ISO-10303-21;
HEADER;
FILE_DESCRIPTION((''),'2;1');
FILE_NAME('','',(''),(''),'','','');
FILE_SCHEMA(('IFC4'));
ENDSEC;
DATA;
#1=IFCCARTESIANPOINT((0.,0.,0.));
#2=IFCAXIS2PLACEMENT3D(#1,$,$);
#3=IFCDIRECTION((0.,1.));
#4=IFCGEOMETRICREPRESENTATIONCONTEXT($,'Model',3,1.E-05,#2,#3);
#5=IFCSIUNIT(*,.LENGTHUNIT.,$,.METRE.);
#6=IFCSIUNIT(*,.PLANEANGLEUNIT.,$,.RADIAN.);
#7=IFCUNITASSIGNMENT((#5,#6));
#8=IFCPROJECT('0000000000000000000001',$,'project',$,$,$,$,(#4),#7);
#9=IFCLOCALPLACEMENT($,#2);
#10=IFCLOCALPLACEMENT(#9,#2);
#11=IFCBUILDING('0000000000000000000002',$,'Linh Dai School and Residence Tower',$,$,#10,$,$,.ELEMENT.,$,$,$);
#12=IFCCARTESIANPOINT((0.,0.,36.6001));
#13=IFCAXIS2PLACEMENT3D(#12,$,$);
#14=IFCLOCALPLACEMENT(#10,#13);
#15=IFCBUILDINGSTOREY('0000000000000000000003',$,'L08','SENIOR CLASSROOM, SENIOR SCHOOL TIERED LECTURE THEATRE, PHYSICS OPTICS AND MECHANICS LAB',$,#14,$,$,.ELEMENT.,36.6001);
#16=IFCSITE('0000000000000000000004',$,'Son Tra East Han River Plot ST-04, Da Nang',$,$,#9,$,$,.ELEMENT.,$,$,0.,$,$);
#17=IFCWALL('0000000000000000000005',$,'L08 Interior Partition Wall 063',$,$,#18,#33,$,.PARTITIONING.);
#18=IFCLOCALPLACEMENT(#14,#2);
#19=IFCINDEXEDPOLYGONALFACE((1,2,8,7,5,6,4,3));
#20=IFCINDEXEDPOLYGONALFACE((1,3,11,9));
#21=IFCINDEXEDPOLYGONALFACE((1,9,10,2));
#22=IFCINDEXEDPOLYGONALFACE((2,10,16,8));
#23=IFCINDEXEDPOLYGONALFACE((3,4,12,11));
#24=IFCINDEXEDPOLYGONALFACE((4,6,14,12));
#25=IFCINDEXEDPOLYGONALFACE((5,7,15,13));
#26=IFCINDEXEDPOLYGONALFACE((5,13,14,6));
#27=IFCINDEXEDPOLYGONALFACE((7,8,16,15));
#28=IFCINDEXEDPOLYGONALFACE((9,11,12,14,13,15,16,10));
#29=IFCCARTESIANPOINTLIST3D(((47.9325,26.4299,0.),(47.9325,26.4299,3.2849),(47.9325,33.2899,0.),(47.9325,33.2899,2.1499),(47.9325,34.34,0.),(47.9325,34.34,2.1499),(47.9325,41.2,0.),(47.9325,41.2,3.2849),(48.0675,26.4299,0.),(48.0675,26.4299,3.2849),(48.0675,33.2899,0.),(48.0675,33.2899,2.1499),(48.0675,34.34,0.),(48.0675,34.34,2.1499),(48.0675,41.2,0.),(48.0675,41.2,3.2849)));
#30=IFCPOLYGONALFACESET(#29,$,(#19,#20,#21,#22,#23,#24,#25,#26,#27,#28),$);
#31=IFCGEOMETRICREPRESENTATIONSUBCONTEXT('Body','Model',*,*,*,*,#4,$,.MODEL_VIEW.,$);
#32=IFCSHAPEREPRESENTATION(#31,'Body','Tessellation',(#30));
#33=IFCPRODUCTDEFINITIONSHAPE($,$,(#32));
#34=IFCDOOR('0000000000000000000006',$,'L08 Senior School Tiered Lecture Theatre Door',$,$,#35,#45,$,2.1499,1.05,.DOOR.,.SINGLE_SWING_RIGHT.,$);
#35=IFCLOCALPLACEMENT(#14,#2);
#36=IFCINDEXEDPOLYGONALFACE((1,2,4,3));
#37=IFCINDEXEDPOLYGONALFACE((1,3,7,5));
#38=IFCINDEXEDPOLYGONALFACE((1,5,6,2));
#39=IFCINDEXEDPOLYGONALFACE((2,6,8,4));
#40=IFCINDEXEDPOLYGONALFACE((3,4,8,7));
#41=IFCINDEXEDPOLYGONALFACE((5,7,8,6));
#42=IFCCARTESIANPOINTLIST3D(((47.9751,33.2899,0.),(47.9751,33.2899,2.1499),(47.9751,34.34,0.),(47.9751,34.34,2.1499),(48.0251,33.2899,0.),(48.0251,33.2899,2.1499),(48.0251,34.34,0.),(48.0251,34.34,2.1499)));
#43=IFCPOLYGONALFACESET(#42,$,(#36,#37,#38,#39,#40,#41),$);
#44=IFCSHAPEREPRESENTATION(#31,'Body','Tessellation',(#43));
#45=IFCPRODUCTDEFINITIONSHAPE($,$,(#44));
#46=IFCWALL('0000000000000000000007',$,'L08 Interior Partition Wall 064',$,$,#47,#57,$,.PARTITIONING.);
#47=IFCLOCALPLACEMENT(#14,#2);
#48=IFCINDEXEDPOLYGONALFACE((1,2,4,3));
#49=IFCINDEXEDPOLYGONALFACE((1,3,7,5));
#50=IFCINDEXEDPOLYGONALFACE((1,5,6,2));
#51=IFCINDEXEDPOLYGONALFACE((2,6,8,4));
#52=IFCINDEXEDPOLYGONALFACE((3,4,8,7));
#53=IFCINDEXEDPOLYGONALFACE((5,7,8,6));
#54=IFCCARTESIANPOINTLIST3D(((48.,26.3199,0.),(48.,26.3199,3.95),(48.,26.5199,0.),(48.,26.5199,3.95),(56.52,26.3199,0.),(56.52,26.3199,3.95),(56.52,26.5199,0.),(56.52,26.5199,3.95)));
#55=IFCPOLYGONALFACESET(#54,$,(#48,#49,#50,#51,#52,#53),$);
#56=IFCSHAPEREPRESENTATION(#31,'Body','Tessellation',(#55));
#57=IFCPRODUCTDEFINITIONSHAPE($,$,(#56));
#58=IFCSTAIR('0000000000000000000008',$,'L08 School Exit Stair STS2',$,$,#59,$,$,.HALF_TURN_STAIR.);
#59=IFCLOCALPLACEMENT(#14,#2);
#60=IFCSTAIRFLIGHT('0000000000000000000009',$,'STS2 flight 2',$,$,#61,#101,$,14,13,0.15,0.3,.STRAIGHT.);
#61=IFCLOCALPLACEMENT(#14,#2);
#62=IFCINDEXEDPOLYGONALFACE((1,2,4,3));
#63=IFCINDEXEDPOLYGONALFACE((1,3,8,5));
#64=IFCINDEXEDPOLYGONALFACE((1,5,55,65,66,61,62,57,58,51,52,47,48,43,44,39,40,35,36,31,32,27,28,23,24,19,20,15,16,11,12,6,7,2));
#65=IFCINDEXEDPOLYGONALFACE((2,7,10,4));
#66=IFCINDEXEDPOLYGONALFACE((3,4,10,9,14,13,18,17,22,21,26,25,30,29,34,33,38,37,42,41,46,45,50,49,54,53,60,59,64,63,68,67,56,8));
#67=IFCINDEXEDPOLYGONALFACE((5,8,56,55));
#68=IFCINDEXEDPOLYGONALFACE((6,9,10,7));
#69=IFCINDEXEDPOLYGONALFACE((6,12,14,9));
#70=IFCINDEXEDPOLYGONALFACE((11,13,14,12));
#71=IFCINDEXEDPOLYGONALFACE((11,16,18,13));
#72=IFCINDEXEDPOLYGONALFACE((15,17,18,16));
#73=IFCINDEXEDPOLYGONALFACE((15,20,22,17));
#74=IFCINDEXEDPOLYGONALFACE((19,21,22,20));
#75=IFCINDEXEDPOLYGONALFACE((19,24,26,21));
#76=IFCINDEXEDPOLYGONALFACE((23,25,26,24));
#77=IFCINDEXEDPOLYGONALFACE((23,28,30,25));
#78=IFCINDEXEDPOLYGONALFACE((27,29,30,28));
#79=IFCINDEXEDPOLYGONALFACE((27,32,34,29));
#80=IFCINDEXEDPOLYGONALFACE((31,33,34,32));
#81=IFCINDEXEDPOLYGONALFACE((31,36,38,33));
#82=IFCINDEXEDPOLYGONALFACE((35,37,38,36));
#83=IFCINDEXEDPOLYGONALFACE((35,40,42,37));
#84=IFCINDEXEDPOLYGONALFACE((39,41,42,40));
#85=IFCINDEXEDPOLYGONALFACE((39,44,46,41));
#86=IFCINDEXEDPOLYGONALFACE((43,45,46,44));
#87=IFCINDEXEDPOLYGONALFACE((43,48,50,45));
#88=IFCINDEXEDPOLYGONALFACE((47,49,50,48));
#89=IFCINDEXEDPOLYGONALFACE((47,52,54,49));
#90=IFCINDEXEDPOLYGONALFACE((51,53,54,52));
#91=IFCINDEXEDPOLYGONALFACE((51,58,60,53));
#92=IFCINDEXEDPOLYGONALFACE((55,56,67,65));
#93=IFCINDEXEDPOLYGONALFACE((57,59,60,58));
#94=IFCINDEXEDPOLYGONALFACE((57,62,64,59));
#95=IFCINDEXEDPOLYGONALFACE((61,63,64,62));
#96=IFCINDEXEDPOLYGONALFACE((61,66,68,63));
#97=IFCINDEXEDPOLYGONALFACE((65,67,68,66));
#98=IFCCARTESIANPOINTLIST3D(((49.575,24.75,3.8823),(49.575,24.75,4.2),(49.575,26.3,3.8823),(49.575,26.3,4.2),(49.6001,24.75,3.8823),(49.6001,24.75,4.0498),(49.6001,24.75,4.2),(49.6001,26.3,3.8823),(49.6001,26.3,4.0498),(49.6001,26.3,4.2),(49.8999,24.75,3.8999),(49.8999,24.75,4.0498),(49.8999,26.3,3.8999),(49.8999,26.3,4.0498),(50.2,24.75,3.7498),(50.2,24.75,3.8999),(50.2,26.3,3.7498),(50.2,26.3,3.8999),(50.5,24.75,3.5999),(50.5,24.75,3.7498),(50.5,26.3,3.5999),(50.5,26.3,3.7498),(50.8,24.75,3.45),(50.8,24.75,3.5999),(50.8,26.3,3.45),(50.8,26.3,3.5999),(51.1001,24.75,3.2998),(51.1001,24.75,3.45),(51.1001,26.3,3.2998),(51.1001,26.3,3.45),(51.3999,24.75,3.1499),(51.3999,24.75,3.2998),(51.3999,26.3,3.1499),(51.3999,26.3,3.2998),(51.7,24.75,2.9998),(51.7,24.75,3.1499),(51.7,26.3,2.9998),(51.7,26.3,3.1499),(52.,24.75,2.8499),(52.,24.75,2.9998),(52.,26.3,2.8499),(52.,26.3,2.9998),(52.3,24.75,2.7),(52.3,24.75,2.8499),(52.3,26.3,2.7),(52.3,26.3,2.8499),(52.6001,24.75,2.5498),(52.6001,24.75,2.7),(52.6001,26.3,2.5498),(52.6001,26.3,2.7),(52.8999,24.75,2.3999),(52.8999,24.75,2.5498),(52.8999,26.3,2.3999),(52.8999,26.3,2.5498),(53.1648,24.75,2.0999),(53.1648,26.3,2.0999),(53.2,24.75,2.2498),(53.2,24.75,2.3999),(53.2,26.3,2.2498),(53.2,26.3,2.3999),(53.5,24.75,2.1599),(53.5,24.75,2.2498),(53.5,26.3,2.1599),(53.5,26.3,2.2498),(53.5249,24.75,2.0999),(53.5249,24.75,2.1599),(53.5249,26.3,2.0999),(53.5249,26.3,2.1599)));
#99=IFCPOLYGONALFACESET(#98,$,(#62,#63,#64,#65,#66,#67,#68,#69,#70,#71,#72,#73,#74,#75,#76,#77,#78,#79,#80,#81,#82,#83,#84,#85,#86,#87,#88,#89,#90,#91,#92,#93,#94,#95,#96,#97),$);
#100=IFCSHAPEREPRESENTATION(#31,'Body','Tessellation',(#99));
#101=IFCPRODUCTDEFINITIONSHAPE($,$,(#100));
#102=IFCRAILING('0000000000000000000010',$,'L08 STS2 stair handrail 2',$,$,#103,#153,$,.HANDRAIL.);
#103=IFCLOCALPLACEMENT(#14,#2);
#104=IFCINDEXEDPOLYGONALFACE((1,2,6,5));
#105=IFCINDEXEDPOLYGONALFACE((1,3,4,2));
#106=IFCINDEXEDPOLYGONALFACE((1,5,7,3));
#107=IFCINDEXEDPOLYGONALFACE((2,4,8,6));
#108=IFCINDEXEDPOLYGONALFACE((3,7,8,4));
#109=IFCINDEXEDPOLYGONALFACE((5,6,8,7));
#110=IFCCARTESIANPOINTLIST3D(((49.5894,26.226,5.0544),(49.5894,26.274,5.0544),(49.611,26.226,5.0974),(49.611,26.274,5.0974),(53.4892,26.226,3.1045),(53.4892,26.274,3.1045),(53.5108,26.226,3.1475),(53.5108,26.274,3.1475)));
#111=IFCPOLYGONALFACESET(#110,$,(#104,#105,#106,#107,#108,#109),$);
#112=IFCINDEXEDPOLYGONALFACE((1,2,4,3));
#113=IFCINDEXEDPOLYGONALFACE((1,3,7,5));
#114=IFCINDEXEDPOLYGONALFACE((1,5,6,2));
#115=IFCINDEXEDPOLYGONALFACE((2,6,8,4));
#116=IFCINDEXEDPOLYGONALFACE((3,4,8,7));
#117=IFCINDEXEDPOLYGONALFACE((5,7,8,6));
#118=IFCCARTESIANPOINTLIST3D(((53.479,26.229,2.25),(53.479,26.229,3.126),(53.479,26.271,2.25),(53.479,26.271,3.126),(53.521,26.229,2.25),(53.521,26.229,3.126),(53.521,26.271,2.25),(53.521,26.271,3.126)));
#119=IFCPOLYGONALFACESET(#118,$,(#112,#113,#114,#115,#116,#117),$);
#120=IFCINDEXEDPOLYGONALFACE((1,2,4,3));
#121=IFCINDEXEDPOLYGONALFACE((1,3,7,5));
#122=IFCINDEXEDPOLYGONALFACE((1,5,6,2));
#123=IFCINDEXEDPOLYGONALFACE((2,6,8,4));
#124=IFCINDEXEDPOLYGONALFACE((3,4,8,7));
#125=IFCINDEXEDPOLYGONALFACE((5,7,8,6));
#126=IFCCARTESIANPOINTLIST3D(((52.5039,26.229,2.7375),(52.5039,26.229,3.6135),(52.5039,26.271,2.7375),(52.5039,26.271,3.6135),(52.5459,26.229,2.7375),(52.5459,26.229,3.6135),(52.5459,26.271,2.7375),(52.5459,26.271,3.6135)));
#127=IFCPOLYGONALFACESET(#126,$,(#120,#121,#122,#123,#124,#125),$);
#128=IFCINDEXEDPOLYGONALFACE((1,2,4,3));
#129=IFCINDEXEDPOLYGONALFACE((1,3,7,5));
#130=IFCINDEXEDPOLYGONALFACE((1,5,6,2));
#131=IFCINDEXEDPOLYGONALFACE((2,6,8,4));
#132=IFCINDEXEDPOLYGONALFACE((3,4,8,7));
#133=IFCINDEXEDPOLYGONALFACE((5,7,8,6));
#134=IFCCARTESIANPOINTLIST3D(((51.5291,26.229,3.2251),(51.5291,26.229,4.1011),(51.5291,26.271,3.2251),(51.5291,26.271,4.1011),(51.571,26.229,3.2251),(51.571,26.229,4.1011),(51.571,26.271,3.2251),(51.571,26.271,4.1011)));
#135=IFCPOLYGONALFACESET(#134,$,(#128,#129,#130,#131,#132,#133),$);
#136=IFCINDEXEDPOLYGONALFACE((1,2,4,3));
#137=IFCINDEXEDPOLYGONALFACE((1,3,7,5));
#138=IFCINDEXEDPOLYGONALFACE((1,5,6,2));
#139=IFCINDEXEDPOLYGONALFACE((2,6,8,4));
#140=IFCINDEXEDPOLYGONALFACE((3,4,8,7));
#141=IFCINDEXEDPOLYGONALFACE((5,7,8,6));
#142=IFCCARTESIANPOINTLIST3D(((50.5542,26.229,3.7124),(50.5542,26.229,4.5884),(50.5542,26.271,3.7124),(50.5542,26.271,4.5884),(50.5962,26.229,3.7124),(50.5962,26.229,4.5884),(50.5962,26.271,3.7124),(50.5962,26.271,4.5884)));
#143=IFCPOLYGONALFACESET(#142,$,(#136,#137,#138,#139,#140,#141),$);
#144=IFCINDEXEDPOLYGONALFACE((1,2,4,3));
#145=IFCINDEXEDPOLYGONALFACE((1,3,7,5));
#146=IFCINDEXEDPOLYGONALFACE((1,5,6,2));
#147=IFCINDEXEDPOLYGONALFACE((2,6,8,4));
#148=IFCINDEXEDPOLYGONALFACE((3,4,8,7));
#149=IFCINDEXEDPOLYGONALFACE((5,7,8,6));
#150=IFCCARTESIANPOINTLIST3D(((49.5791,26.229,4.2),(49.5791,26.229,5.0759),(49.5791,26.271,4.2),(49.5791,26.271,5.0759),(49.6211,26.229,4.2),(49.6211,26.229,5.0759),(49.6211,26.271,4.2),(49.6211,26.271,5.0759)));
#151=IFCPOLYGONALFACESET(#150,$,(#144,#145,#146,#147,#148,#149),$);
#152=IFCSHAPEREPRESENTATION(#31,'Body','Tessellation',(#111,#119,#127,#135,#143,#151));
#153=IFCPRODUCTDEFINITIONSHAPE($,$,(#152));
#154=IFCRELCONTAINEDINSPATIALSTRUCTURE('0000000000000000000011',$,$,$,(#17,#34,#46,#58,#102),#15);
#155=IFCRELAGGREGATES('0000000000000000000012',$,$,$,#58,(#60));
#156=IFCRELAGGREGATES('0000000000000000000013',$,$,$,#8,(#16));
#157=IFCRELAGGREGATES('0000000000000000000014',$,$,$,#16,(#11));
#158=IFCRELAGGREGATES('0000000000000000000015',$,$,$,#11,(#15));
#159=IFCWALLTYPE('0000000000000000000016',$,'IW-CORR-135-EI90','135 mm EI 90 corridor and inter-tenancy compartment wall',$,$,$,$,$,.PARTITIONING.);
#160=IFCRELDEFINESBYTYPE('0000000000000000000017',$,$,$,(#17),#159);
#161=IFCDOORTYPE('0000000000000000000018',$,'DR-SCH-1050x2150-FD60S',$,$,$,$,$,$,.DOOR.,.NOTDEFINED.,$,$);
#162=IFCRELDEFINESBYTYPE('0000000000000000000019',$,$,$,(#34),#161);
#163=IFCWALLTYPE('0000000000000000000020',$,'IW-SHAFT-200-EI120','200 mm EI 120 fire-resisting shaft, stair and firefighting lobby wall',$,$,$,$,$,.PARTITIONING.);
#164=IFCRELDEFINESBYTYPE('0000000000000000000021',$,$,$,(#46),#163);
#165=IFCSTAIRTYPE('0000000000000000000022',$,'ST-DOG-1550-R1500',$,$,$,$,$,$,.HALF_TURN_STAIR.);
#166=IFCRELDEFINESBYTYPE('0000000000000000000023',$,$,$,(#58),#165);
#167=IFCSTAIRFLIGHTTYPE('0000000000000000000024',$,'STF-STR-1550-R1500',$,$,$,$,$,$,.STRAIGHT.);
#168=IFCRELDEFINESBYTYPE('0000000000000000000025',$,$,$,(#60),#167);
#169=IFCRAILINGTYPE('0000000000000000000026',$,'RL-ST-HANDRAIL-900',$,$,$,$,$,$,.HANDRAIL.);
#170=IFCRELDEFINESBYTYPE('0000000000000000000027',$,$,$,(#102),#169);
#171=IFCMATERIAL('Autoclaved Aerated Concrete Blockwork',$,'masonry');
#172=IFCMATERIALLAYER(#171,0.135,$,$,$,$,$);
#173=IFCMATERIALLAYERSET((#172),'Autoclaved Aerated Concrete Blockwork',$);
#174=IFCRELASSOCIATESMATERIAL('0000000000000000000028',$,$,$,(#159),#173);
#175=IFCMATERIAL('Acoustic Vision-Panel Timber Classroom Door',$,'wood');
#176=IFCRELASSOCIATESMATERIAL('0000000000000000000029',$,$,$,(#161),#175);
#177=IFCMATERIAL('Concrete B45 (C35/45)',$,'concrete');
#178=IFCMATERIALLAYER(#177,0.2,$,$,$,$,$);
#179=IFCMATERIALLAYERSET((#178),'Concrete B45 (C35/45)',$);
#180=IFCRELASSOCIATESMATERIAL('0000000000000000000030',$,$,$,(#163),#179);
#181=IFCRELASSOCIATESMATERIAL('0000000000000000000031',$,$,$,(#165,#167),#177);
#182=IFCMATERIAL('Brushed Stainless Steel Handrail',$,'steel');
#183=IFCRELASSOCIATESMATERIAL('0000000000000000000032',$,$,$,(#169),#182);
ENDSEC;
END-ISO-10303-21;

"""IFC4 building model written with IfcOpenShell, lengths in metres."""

from ifc_helpers import new_model, si_unit, direction, frame, frame_2d, origin, origin_2d, place, context, subcontext, project, spatial, polyline, rectangle, outline, extrude, source, transform, mapped, material, layer, layer_set, type_object, element, fill, aggregate, save


model = new_model("IFC4")

# Units and contexts
model_context = context("Model", 3, precision=1e-05, world=origin(), true_north=direction((0.0, 1.0)))
body_context = subcontext(model_context, "Body", "Model", "MODEL_VIEW")
ifc_project = project(units=[si_unit("LENGTHUNIT", "METRE"), si_unit("PLANEANGLEUNIT", "RADIAN")], contexts=[model_context])

# Site, building, storey
site_placement = place(None, origin())
site = spatial("IfcSite", under=ifc_project, at=site_placement, Name="Son Tra East Han River Plot ST-04, Da Nang", CompositionType="ELEMENT", RefElevation=0.0)
building_placement = place(site_placement, origin())
building = spatial("IfcBuilding", under=site, at=building_placement, Name="Linh Dai School and Residence Tower", CompositionType="ELEMENT")
storey_placement = place(building_placement, frame((0.0, 0.0, 36.6001)))
storey = spatial("IfcBuildingStorey", under=building, at=storey_placement, Name="L08", Description="SENIOR CLASSROOM, SENIOR SCHOOL TIERED LECTURE THEATRE, PHYSICS OPTICS AND MECHANICS LAB", CompositionType="ELEMENT", Elevation=36.6001)

# Wall, opening, door
ifc_material_1 = material(Name="Autoclaved Aerated Concrete Blockwork", Category="masonry")
ifc_layer_1 = layer(ifc_material_1, 0.135)
ifc_layer_set_1 = layer_set([ifc_layer_1], Name="Autoclaved Aerated Concrete Blockwork")
wall_type_1 = type_object("IfcWallType", Name="IW-CORR-135-EI90", Description="135 mm EI 90 corridor and inter-tenancy compartment wall", PredefinedType="PARTITIONING", material=ifc_layer_set_1)
wall_1_placement = place(storey_placement, frame((48.0, 26.4299, 0.0), z_axis=(0.0, 0.0, 1.0), x_axis=(0.0, 1.0, 0.0)))
wall_1 = element("IfcWall", 1, at=wall_1_placement, inside=storey, type_object=wall_type_1, Name="L08 Interior Partition Wall 063", PredefinedType="PARTITIONING", context=body_context, shape_type="SweptSolid", body=[
    extrude(rectangle(XDim=14.77, YDim=0.135, at=frame_2d((7.385, 0.0))), origin(), (0.0, 0.0, 1.0), 3.2849),
])
opening_placement = place(wall_1_placement, frame((6.8601, 0.0, 0.0)))
opening = element("IfcOpeningElement", 2, at=opening_placement, cuts=wall_1, PredefinedType="OPENING", context=body_context, shape_type="SweptSolid", body=[
    extrude(rectangle(XDim=1.05, YDim=2.1499, at=origin_2d()), frame((0.5249, 0.0776, 1.075), z_axis=(0.0, -1.0, 0.0), x_axis=(1.0, 0.0, 0.0)), (0.0, 0.0, 1.0), 0.155),
])
ifc_material_2 = material(Name="Acoustic Vision-Panel Timber Classroom Door", Category="wood")
door_type = type_object("IfcDoorType", Name="DR-SCH-1050x2150-FD60S", OperationType="NOTDEFINED", PredefinedType="DOOR", material=ifc_material_2)
shared_shape_1 = source(origin(), body_context, "Body", "SweptSolid", [
    extrude(rectangle(XDim=1.05, YDim=2.1499, at=origin_2d()), frame((0.5249, 0.0249, 1.075), z_axis=(0.0, -1.0, 0.0), x_axis=(1.0, 0.0, 0.0)), (0.0, 0.0, 1.0), 0.05),
])
door_placement = place(opening_placement, origin())
door = element("IfcDoor", 3, at=door_placement, inside=storey, type_object=door_type, Name="L08 Senior School Tiered Lecture Theatre Door", OperationType="SINGLE_SWING_RIGHT", OverallHeight=2.1499, OverallWidth=1.05, PredefinedType="DOOR", context=body_context, shape_type="MappedRepresentation", body=[
    mapped(shared_shape_1, transform((0.0, 0.0, 0.0), x_axis=(1.0, 0.0, 0.0), y_axis=(0.0, 1.0, 0.0), z_axis=(0.0, 0.0, 1.0), scale=1.0)),
])
fill(opening, door)

# Wall
ifc_material_3 = material(Name="Concrete B45 (C35/45)", Category="concrete")
ifc_layer_2 = layer(ifc_material_3, 0.2)
ifc_layer_set_2 = layer_set([ifc_layer_2], Name="Concrete B45 (C35/45)")
wall_type_2 = type_object("IfcWallType", Name="IW-SHAFT-200-EI120", Description="200 mm EI 120 fire-resisting shaft, stair and firefighting lobby wall", PredefinedType="PARTITIONING", material=ifc_layer_set_2)
wall_2_placement = place(storey_placement, frame((48.0, 26.4199, 0.0), z_axis=(0.0, 0.0, 1.0), x_axis=(1.0, 0.0, 0.0)))
element("IfcWall", 4, at=wall_2_placement, inside=storey, type_object=wall_type_2, Name="L08 Interior Partition Wall 064", PredefinedType="PARTITIONING", context=body_context, shape_type="SweptSolid", body=[
    extrude(rectangle(XDim=8.52, YDim=0.2, at=frame_2d((4.26, 0.0))), origin(), (0.0, 0.0, 1.0), 3.95),
])

# Stair, stair flight
stair_type = type_object("IfcStairType", Name="ST-DOG-1550-R1500", PredefinedType="HALF_TURN_STAIR", material=ifc_material_3)
stair_placement = place(storey_placement, origin())
stair = element("IfcStair", 5, at=stair_placement, inside=storey, type_object=stair_type, Name="L08 School Exit Stair STS2", PredefinedType="HALF_TURN_STAIR")
stair_flight_type = type_object("IfcStairFlightType", Name="STF-STR-1550-R1500", PredefinedType="STRAIGHT", material=ifc_material_3)
shared_shape_2 = source(origin(), body_context, "Body", "SweptSolid", [
    extrude(outline(polyline([(-0.0249, 0.0), (-0.0249, 0.0601), (0.0, 0.0601), (0.0, 0.1499), (0.3, 0.1499), (0.3, 0.3), (0.6001, 0.3), (0.6001, 0.45), (0.8999, 0.45), (0.8999, 0.6001), (1.2, 0.6001), (1.2, 0.75), (1.5, 0.75), (1.5, 0.8999), (1.8, 0.8999), (1.8, 1.05), (2.1001, 1.05), (2.1001, 1.2), (2.3999, 1.2), (2.3999, 1.3501), (2.7, 1.3501), (2.7, 1.5), (3.0, 1.5), (3.0, 1.6499), (3.3, 1.6499), (3.3, 1.8), (3.6001, 1.8), (3.6001, 1.95), (3.8999, 1.95), (3.8999, 2.1001), (3.925, 2.1001), (3.925, 1.7825), (3.8999, 1.7825), (0.3352, 0.0), (-0.0249, 0.0)])), frame((0.0, 0.7749, 0.0), z_axis=(0.0, -1.0, 0.0), x_axis=(1.0, 0.0, 0.0)), (0.0, 0.0, 1.0), 1.55),
])
stair_flight_placement = place(storey_placement, frame((53.5, 25.5249, 2.0999), z_axis=(0.0, 0.0, 1.0), x_axis=(-1.0, 0.0, 0.0)))
stair_flight = element("IfcStairFlight", 6, at=stair_flight_placement, type_object=stair_flight_type, Name="STS2 flight 2", NumberOfRisers=14, NumberOfTreads=13, PredefinedType="STRAIGHT", RiserHeight=0.15, TreadLength=0.3, context=body_context, shape_type="MappedRepresentation", body=[
    mapped(shared_shape_2, transform((0.0, 0.0, 0.0), x_axis=(1.0, 0.0, 0.0), y_axis=(0.0, 1.0, 0.0), z_axis=(0.0, 0.0, 1.0), scale=1.0)),
])
aggregate(stair, [stair_flight])

# Railing
ifc_material_4 = material(Name="Brushed Stainless Steel Handrail", Category="steel")
railing_type_1 = type_object("IfcRailingType", Name="RL-ST-HANDRAIL-900", PredefinedType="HANDRAIL", material=ifc_material_4)
shared_shape_3 = source(origin(), body_context, "Body", "SweptSolid", [
    extrude(rectangle(XDim=0.0481, YDim=0.0481, at=origin_2d()), frame((0.0, 0.0, 0.876), z_axis=(-0.894427, 0.0, 0.447214), x_axis=(0.0, -1.0, 0.0)), (0.0, 0.0, 1.0), 4.3601),
    extrude(rectangle(XDim=0.042, YDim=0.042, at=origin_2d()), origin(), (0.0, 0.0, 1.0), 0.876),
    extrude(rectangle(XDim=0.042, YDim=0.042, at=origin_2d()), frame((-0.9751, 0.0, 0.4875)), (0.0, 0.0, 1.0), 0.876),
    extrude(rectangle(XDim=0.042, YDim=0.042, at=origin_2d()), frame((-1.95, 0.0, 0.9751)), (0.0, 0.0, 1.0), 0.876),
    extrude(rectangle(XDim=0.042, YDim=0.042, at=origin_2d()), frame((-2.9248, 0.0, 1.4624)), (0.0, 0.0, 1.0), 0.876),
    extrude(rectangle(XDim=0.042, YDim=0.042, at=origin_2d()), frame((-3.8999, 0.0, 1.95)), (0.0, 0.0, 1.0), 0.876),
])
railing_1_placement = place(storey_placement, frame((53.5, 26.25, 2.25)))
element("IfcRailing", 7, at=railing_1_placement, inside=storey, type_object=railing_type_1, Name="L08 STS2 stair handrail 2", PredefinedType="HANDRAIL", context=body_context, shape_type="MappedRepresentation", body=[
    mapped(shared_shape_3, transform((0.0, 0.0, 0.0), x_axis=(1.0, 0.0, 0.0), y_axis=(0.0, 1.0, 0.0), z_axis=(0.0, 0.0, 1.0), scale=1.0)),
])

save(model, "model.ifc")
